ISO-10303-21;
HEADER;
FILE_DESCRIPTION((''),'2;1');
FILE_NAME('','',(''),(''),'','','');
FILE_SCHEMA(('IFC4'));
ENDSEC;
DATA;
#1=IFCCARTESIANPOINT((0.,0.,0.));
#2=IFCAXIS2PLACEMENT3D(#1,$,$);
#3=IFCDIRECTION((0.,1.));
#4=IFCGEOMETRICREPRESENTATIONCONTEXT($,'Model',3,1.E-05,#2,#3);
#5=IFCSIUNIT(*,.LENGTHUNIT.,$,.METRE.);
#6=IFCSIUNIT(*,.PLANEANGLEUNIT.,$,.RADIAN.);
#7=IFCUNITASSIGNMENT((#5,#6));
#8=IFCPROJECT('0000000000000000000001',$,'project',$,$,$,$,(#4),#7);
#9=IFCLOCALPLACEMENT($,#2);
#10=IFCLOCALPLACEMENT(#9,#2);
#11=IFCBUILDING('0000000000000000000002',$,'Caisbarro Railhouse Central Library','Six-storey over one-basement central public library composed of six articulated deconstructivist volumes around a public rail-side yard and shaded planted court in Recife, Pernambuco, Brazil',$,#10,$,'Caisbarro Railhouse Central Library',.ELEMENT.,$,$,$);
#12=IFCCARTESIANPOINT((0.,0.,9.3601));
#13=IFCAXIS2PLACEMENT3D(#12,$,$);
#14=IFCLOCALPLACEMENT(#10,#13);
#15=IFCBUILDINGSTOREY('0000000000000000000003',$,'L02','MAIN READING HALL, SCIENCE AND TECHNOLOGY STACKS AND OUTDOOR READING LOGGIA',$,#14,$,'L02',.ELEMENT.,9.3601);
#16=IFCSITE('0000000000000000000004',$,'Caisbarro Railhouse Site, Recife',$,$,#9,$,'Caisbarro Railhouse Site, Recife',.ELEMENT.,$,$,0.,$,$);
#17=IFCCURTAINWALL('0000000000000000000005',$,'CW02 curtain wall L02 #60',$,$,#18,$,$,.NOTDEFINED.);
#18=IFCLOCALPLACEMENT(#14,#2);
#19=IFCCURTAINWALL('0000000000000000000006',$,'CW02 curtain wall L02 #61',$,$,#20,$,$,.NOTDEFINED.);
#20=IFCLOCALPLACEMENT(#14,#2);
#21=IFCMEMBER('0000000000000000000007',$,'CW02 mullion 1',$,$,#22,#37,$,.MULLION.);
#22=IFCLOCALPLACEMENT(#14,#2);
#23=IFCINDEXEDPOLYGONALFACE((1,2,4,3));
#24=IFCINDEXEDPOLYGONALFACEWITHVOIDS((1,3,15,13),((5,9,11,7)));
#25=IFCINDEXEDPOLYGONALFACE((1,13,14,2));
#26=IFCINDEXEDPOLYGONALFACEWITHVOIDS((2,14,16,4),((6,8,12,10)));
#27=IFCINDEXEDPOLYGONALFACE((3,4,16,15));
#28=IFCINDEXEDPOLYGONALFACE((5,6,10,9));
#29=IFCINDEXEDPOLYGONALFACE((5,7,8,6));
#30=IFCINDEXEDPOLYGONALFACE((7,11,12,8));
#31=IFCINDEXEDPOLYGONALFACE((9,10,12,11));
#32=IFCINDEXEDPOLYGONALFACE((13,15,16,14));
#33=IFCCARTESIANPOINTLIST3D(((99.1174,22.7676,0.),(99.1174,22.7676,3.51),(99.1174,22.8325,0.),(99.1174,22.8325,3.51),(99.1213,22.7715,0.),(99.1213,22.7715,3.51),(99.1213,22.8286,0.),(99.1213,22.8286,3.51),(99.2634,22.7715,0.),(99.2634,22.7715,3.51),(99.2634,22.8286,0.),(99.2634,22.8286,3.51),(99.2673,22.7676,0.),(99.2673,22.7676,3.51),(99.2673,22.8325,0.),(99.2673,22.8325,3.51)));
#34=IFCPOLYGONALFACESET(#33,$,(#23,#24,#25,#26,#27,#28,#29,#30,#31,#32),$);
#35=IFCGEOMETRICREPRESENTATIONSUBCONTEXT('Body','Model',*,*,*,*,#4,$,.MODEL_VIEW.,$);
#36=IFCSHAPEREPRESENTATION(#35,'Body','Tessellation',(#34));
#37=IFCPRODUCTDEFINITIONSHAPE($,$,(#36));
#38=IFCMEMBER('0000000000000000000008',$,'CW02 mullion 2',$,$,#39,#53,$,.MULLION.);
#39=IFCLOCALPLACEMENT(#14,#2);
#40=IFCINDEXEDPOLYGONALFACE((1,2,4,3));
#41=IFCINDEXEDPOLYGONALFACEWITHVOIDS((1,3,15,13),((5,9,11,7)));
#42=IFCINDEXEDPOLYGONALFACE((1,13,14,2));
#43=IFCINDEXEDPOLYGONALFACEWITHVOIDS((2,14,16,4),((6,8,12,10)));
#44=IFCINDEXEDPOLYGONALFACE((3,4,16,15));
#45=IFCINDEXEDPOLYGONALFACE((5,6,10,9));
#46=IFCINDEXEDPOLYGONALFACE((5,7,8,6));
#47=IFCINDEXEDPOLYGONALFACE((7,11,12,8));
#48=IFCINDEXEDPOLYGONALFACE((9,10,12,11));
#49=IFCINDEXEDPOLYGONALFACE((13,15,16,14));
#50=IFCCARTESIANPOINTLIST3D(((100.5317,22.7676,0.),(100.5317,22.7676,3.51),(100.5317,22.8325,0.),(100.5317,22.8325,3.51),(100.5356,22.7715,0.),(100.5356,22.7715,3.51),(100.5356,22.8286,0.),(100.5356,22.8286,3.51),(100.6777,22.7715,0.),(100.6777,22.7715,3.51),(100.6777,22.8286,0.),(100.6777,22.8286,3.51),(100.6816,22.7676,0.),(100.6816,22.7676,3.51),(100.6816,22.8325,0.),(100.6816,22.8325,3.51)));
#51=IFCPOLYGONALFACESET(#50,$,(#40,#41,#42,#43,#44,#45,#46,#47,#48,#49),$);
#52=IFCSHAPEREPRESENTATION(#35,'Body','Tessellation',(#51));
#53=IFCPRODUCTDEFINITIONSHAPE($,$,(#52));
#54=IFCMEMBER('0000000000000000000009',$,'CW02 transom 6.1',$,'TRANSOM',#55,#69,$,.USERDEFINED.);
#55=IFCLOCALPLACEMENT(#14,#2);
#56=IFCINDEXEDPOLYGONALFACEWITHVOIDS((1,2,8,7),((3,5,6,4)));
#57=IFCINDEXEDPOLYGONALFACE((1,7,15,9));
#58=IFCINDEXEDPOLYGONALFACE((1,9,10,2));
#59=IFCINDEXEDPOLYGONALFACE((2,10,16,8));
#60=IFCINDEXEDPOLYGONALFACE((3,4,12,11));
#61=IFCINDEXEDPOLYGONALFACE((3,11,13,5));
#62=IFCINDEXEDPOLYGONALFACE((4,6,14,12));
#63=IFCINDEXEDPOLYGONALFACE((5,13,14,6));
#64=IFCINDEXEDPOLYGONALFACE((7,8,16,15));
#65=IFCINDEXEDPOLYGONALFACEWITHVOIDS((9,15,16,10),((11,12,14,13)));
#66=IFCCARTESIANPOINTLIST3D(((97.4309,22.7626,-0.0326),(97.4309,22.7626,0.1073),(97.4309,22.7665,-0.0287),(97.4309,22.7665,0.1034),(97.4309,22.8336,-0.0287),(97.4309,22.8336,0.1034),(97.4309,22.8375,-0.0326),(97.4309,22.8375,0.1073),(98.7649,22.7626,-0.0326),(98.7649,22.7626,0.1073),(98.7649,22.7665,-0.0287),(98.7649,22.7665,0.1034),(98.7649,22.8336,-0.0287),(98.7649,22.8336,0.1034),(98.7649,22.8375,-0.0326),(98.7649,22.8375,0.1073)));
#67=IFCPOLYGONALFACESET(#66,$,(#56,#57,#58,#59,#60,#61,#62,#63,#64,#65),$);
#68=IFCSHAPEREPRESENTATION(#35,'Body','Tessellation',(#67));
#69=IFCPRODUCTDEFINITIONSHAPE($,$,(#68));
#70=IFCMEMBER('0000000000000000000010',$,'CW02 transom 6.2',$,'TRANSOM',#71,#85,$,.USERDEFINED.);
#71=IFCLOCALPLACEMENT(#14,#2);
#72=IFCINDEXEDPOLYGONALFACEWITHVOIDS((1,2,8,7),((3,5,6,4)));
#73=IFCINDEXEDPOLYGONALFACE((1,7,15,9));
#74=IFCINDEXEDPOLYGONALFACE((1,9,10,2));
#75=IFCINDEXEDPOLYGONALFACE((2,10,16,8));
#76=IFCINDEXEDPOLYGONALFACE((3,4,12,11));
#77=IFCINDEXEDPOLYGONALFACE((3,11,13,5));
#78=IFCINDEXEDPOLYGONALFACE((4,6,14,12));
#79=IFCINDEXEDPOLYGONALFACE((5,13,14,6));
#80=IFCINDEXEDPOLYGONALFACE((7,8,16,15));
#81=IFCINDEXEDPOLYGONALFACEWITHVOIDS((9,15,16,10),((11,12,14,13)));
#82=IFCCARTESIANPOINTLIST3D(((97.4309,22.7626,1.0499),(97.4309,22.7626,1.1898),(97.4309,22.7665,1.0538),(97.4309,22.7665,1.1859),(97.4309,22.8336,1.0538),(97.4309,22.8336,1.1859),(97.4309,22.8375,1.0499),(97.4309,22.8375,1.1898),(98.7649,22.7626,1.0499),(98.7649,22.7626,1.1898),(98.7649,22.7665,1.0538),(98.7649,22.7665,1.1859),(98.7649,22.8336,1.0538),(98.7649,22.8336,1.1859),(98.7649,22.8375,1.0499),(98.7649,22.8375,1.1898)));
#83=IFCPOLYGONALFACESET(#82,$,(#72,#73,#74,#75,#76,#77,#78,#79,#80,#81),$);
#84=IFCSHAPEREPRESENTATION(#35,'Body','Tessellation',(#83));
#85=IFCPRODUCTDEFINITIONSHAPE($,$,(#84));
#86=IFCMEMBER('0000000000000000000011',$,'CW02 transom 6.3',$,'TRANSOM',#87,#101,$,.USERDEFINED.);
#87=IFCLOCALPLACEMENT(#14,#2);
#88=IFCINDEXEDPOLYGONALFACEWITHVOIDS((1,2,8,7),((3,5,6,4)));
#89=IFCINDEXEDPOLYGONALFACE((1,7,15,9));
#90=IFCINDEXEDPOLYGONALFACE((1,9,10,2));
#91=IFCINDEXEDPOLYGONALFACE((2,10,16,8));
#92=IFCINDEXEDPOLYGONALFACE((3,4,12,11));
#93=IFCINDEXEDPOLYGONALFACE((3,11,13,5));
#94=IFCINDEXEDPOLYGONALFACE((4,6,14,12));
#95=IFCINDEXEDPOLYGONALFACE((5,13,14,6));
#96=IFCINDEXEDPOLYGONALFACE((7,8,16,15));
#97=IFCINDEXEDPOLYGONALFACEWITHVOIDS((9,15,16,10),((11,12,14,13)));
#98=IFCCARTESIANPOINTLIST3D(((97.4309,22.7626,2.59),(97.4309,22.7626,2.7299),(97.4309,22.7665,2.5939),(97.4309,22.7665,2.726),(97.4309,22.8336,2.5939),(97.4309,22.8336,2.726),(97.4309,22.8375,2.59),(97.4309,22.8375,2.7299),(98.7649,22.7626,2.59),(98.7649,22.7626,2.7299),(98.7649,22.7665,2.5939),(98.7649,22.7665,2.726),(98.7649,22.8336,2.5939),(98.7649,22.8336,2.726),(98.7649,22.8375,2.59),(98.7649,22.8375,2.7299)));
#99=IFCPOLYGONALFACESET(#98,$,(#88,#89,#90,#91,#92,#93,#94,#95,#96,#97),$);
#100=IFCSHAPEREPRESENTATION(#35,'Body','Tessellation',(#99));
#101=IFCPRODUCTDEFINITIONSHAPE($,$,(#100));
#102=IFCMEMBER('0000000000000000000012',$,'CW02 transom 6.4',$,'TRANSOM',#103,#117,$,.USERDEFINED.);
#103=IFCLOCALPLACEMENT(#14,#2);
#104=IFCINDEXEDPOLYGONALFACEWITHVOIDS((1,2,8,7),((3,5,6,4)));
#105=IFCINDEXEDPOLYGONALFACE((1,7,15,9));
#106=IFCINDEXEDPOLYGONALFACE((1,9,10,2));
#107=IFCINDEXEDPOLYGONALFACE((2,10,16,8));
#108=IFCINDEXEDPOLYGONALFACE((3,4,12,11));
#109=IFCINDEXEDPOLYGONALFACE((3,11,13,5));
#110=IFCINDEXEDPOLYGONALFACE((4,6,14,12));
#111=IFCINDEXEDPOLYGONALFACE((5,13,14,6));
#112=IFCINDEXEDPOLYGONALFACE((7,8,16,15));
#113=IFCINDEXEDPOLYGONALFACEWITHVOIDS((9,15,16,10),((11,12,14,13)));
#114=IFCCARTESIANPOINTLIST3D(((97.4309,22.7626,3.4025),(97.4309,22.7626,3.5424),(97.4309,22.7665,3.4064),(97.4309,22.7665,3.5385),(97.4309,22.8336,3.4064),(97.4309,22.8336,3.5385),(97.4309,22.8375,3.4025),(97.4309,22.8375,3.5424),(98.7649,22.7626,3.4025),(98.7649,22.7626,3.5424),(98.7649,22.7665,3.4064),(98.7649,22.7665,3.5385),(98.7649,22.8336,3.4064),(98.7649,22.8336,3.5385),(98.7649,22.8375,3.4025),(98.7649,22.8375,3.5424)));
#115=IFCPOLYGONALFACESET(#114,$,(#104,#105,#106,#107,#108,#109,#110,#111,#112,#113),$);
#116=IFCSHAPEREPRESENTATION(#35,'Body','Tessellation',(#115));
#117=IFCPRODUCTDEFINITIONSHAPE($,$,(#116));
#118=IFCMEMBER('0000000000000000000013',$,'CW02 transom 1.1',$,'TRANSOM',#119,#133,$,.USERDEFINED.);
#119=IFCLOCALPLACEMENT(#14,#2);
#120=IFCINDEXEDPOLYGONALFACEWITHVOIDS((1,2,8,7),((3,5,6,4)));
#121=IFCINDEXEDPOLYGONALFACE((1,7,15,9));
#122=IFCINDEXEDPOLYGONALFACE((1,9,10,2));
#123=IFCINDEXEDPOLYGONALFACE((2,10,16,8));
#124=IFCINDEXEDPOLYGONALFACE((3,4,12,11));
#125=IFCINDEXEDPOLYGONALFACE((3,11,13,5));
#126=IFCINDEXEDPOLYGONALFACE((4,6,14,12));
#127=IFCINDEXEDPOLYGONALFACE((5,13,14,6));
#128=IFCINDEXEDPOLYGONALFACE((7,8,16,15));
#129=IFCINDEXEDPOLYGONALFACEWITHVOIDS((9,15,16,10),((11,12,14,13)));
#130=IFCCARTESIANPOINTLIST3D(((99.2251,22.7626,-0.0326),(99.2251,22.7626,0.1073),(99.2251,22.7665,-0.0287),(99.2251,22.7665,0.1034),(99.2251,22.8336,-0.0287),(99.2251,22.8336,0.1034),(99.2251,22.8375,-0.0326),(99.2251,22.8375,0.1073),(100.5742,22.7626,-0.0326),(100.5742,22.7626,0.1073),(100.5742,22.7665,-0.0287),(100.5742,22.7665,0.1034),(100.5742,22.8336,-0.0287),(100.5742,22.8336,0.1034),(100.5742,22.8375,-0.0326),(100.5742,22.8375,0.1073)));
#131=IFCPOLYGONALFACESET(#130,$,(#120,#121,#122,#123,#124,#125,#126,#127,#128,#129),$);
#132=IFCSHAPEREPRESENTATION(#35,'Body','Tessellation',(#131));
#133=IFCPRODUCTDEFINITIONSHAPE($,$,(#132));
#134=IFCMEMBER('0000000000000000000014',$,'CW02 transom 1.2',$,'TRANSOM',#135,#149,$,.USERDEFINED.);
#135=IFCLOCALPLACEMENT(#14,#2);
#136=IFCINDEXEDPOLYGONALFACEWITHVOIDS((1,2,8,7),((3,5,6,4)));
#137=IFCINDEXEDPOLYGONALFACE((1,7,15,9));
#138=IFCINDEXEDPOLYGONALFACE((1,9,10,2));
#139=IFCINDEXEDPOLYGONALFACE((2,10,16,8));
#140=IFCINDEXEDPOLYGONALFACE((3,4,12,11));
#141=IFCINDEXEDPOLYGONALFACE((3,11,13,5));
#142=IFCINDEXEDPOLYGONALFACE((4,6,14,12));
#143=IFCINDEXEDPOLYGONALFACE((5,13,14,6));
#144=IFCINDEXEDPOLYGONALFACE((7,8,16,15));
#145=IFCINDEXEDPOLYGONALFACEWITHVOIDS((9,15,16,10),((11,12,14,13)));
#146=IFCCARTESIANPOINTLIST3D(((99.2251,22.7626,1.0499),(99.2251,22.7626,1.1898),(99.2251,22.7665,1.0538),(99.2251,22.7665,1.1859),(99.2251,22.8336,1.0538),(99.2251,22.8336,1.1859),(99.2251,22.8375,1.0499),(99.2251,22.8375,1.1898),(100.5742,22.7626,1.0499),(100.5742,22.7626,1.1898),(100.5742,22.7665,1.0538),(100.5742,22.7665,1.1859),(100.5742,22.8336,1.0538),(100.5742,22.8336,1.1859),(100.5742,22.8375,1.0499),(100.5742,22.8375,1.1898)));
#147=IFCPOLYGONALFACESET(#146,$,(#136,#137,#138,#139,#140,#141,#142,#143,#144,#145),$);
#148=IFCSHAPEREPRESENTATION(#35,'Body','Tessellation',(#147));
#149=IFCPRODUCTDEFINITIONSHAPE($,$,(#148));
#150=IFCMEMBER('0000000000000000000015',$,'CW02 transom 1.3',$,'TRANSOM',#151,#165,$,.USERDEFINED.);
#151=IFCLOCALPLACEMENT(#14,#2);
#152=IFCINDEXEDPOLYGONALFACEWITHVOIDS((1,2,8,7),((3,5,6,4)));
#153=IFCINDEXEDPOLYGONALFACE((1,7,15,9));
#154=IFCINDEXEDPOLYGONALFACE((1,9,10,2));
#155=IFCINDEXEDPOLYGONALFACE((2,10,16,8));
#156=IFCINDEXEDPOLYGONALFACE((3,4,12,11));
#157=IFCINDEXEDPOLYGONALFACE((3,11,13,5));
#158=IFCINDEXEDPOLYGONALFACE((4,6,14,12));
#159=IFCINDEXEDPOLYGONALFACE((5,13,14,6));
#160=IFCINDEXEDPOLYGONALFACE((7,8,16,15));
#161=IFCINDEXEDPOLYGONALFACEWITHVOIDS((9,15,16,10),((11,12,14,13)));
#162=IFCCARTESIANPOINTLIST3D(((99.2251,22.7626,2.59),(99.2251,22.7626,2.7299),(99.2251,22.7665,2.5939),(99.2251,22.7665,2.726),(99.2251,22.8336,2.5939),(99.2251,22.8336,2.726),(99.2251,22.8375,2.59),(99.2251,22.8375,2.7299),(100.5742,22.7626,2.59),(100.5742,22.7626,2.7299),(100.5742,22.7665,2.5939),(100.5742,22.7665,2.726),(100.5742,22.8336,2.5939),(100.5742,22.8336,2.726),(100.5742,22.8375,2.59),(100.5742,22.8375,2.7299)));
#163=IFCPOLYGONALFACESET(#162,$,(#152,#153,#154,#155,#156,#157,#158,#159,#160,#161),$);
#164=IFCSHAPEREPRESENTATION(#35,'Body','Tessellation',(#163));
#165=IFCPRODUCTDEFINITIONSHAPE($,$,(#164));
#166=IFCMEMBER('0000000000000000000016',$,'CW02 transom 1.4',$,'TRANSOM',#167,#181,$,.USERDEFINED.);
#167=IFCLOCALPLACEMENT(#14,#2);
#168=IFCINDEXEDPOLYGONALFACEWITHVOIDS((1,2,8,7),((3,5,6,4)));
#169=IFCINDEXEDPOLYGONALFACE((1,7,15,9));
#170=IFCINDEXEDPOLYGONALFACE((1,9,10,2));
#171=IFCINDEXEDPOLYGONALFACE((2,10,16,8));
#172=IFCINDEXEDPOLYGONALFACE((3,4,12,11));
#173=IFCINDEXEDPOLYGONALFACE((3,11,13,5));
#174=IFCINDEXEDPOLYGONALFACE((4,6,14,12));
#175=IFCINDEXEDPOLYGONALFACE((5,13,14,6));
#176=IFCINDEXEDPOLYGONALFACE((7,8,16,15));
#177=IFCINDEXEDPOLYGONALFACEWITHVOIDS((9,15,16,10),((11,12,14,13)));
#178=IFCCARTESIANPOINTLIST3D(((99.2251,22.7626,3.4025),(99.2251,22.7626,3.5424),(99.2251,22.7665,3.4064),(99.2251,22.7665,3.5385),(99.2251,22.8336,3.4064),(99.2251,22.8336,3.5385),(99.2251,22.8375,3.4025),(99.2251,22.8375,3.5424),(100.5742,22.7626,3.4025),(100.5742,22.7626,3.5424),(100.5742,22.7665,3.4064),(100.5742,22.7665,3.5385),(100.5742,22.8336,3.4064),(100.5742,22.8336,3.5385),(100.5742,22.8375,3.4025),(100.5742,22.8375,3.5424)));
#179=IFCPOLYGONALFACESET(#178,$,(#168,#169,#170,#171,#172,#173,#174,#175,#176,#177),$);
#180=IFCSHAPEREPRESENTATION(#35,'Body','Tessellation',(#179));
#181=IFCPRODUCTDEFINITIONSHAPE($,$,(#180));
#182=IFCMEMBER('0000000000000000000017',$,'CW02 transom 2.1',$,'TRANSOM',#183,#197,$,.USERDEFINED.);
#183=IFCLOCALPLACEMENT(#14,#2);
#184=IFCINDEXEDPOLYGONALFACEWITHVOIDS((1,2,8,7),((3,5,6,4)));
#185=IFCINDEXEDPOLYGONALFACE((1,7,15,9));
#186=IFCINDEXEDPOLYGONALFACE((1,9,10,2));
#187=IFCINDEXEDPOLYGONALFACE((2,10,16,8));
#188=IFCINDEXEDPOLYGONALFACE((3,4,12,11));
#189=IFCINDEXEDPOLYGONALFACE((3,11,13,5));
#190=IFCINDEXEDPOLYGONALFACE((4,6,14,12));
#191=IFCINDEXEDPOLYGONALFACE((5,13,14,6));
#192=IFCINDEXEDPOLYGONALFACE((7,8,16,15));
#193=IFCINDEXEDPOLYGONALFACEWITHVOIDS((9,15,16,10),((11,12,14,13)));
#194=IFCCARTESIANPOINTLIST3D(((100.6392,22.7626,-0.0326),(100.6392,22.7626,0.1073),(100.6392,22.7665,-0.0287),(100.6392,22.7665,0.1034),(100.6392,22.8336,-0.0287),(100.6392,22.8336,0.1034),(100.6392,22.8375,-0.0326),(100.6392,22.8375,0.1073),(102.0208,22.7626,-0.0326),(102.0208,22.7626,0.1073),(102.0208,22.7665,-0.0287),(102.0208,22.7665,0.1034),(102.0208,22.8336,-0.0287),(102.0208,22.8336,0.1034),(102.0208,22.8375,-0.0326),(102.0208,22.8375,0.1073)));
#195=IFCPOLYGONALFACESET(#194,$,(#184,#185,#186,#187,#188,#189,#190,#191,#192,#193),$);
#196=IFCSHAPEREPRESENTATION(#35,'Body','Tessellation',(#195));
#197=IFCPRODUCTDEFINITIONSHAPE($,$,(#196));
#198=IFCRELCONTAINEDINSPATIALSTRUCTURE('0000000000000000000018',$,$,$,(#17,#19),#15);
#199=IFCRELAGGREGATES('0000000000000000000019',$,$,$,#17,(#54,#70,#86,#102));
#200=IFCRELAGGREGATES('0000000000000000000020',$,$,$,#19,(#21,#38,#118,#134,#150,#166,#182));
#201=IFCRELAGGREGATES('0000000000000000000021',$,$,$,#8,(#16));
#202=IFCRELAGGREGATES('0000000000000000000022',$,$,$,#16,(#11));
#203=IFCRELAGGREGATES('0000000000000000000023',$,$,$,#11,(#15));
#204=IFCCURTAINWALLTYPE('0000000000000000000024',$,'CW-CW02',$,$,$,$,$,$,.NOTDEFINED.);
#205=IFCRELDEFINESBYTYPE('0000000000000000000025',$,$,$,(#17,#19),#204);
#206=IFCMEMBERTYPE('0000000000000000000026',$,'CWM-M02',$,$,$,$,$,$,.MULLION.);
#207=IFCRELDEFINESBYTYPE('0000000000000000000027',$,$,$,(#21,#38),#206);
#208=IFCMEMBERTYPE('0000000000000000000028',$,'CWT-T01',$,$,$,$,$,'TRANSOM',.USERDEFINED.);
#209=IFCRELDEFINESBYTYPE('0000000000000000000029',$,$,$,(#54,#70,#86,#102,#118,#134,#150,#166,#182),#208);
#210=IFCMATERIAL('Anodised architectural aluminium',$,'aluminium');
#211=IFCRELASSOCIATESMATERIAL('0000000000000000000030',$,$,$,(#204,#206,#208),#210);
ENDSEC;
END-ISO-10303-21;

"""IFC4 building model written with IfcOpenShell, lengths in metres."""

from ifc_helpers import new_model, si_unit, direction, frame, origin, origin_2d, place, context, subcontext, project, spatial, hollow_rectangle, extrude, material, material_profile, profile_set, type_object, element, aggregate, save


model = new_model("IFC4")

# Units and contexts
model_context = context("Model", 3, precision=1e-05, world=origin(), true_north=direction((0.0, 1.0)))
body_context = subcontext(model_context, "Body", "Model", "MODEL_VIEW")
ifc_project = project(units=[si_unit("LENGTHUNIT", "METRE"), si_unit("PLANEANGLEUNIT", "RADIAN")], contexts=[model_context])

# Site, building, storey
site_placement = place(None, origin())
site = spatial("IfcSite", under=ifc_project, at=site_placement, Name="Caisbarro Railhouse Site, Recife", LongName="Caisbarro Railhouse Site, Recife", CompositionType="ELEMENT", RefElevation=0.0)
building_placement = place(site_placement, origin())
building = spatial("IfcBuilding", under=site, at=building_placement, Name="Caisbarro Railhouse Central Library", Description="Six-storey over one-basement central public library composed of six articulated deconstructivist volumes around a public rail-side yard and shaded planted court in Recife, Pernambuco, Brazil", LongName="Caisbarro Railhouse Central Library", CompositionType="ELEMENT")
storey_placement = place(building_placement, frame((0.0, 0.0, 9.3601)))
storey = spatial("IfcBuildingStorey", under=building, at=storey_placement, Name="L02", Description="MAIN READING HALL, SCIENCE AND TECHNOLOGY STACKS AND OUTDOOR READING LOGGIA", LongName="L02", CompositionType="ELEMENT", Elevation=9.3601)

# Curtain walls, members
ifc_material_1 = material(Name="Anodised architectural aluminium", Category="aluminium")
curtain_wall_type = type_object("IfcCurtainWallType", Name="CW-CW02", PredefinedType="NOTDEFINED", material=ifc_material_1)
curtain_wall_1_placement = place(storey_placement, origin())
curtain_wall_1 = element("IfcCurtainWall", 1, at=curtain_wall_1_placement, inside=storey, type_object=curtain_wall_type, Name="CW02 curtain wall L02 #60", PredefinedType="NOTDEFINED")
curtain_wall_2_placement = place(storey_placement, origin())
curtain_wall_2 = element("IfcCurtainWall", 2, at=curtain_wall_2_placement, inside=storey, type_object=curtain_wall_type, Name="CW02 curtain wall L02 #61", PredefinedType="NOTDEFINED")
ifc_material_profile_1 = material_profile(ifc_material_1, hollow_rectangle(XDim=0.0649, YDim=0.1499, WallThickness=0.0039, at=origin_2d()), Name="ALU-MUL-65X150")
ifc_profile_set_1 = profile_set([ifc_material_profile_1], Name="Anodised architectural aluminium")
member_type_1 = type_object("IfcMemberType", Name="CWM-M02", PredefinedType="MULLION", material=ifc_profile_set_1)
member_1_placement = place(storey_placement, frame((99.1924, 22.8, 0.0), z_axis=(0.0, 0.0, 1.0), x_axis=(0.0, 1.0, 0.0)))
member_1 = element("IfcMember", 3, at=member_1_placement, type_object=member_type_1, Name="CW02 mullion 1", PredefinedType="MULLION", context=body_context, shape_type="SweptSolid", body=[
    extrude(hollow_rectangle(XDim=0.0649, YDim=0.1499, WallThickness=0.0039, at=origin_2d()), origin(), (0.0, 0.0, 1.0), 3.51),
])
member_2_placement = place(storey_placement, frame((100.6067, 22.8, 0.0), z_axis=(0.0, 0.0, 1.0), x_axis=(0.0, 1.0, 0.0)))
member_2 = element("IfcMember", 4, at=member_2_placement, type_object=member_type_1, Name="CW02 mullion 2", PredefinedType="MULLION", context=body_context, shape_type="SweptSolid", body=[
    extrude(hollow_rectangle(XDim=0.0649, YDim=0.1499, WallThickness=0.0039, at=origin_2d()), origin(), (0.0, 0.0, 1.0), 3.51),
])

# Members
ifc_material_profile_2 = material_profile(ifc_material_1, hollow_rectangle(XDim=0.075, YDim=0.1399, WallThickness=0.0039, at=origin_2d()), Name="ALU-TRN-75X140")
ifc_profile_set_2 = profile_set([ifc_material_profile_2], Name="Anodised architectural aluminium")
member_type_2 = type_object("IfcMemberType", Name="CWT-T01", ElementType="TRANSOM", PredefinedType="USERDEFINED", material=ifc_profile_set_2)
member_3_placement = place(storey_placement, frame((97.4309, 22.8, 0.0374), z_axis=(1.0, 0.0, 0.0), x_axis=(0.0, 1.0, 0.0)))
member_3 = element("IfcMember", 5, at=member_3_placement, type_object=member_type_2, Name="CW02 transom 6.1", ObjectType="TRANSOM", PredefinedType="USERDEFINED", context=body_context, shape_type="SweptSolid", body=[
    extrude(hollow_rectangle(XDim=0.075, YDim=0.1399, WallThickness=0.0039, at=origin_2d()), origin(), (0.0, 0.0, 1.0), 1.334),
])
member_4_placement = place(storey_placement, frame((97.4309, 22.8, 1.1199), z_axis=(1.0, 0.0, 0.0), x_axis=(0.0, 1.0, 0.0)))
member_4 = element("IfcMember", 6, at=member_4_placement, type_object=member_type_2, Name="CW02 transom 6.2", ObjectType="TRANSOM", PredefinedType="USERDEFINED", context=body_context, shape_type="SweptSolid", body=[
    extrude(hollow_rectangle(XDim=0.075, YDim=0.1399, WallThickness=0.0039, at=origin_2d()), origin(), (0.0, 0.0, 1.0), 1.334),
])
member_5_placement = place(storey_placement, frame((97.4309, 22.8, 2.6599), z_axis=(1.0, 0.0, 0.0), x_axis=(0.0, 1.0, 0.0)))
member_5 = element("IfcMember", 7, at=member_5_placement, type_object=member_type_2, Name="CW02 transom 6.3", ObjectType="TRANSOM", PredefinedType="USERDEFINED", context=body_context, shape_type="SweptSolid", body=[
    extrude(hollow_rectangle(XDim=0.075, YDim=0.1399, WallThickness=0.0039, at=origin_2d()), origin(), (0.0, 0.0, 1.0), 1.334),
])
member_6_placement = place(storey_placement, frame((97.4309, 22.8, 3.4724), z_axis=(1.0, 0.0, 0.0), x_axis=(0.0, 1.0, 0.0)))
member_6 = element("IfcMember", 8, at=member_6_placement, type_object=member_type_2, Name="CW02 transom 6.4", ObjectType="TRANSOM", PredefinedType="USERDEFINED", context=body_context, shape_type="SweptSolid", body=[
    extrude(hollow_rectangle(XDim=0.075, YDim=0.1399, WallThickness=0.0039, at=origin_2d()), origin(), (0.0, 0.0, 1.0), 1.334),
])
member_7_placement = place(storey_placement, frame((99.2251, 22.8, 0.0374), z_axis=(1.0, 0.0, 0.0), x_axis=(0.0, 1.0, 0.0)))
member_7 = element("IfcMember", 9, at=member_7_placement, type_object=member_type_2, Name="CW02 transom 1.1", ObjectType="TRANSOM", PredefinedType="USERDEFINED", context=body_context, shape_type="SweptSolid", body=[
    extrude(hollow_rectangle(XDim=0.075, YDim=0.1399, WallThickness=0.0039, at=origin_2d()), origin(), (0.0, 0.0, 1.0), 1.3491),
])
member_8_placement = place(storey_placement, frame((99.2251, 22.8, 1.1199), z_axis=(1.0, 0.0, 0.0), x_axis=(0.0, 1.0, 0.0)))
member_8 = element("IfcMember", 10, at=member_8_placement, type_object=member_type_2, Name="CW02 transom 1.2", ObjectType="TRANSOM", PredefinedType="USERDEFINED", context=body_context, shape_type="SweptSolid", body=[
    extrude(hollow_rectangle(XDim=0.075, YDim=0.1399, WallThickness=0.0039, at=origin_2d()), origin(), (0.0, 0.0, 1.0), 1.3491),
])
member_9_placement = place(storey_placement, frame((99.2251, 22.8, 2.6599), z_axis=(1.0, 0.0, 0.0), x_axis=(0.0, 1.0, 0.0)))
member_9 = element("IfcMember", 11, at=member_9_placement, type_object=member_type_2, Name="CW02 transom 1.3", ObjectType="TRANSOM", PredefinedType="USERDEFINED", context=body_context, shape_type="SweptSolid", body=[
    extrude(hollow_rectangle(XDim=0.075, YDim=0.1399, WallThickness=0.0039, at=origin_2d()), origin(), (0.0, 0.0, 1.0), 1.3491),
])
member_10_placement = place(storey_placement, frame((99.2251, 22.8, 3.4724), z_axis=(1.0, 0.0, 0.0), x_axis=(0.0, 1.0, 0.0)))
member_10 = element("IfcMember", 12, at=member_10_placement, type_object=member_type_2, Name="CW02 transom 1.4", ObjectType="TRANSOM", PredefinedType="USERDEFINED", context=body_context, shape_type="SweptSolid", body=[
    extrude(hollow_rectangle(XDim=0.075, YDim=0.1399, WallThickness=0.0039, at=origin_2d()), origin(), (0.0, 0.0, 1.0), 1.3491),
])
member_11_placement = place(storey_placement, frame((100.6392, 22.8, 0.0374), z_axis=(1.0, 0.0, 0.0), x_axis=(0.0, 1.0, 0.0)))
member_11 = element("IfcMember", 13, at=member_11_placement, type_object=member_type_2, Name="CW02 transom 2.1", ObjectType="TRANSOM", PredefinedType="USERDEFINED", context=body_context, shape_type="SweptSolid", body=[
    extrude(hollow_rectangle(XDim=0.075, YDim=0.1399, WallThickness=0.0039, at=origin_2d()), origin(), (0.0, 0.0, 1.0), 1.3816),
])

aggregate(curtain_wall_1, [member_3, member_4, member_5, member_6])
aggregate(curtain_wall_2, [member_1, member_2, member_7, member_8, member_9, member_10, member_11])

save(model, "model.ifc")
